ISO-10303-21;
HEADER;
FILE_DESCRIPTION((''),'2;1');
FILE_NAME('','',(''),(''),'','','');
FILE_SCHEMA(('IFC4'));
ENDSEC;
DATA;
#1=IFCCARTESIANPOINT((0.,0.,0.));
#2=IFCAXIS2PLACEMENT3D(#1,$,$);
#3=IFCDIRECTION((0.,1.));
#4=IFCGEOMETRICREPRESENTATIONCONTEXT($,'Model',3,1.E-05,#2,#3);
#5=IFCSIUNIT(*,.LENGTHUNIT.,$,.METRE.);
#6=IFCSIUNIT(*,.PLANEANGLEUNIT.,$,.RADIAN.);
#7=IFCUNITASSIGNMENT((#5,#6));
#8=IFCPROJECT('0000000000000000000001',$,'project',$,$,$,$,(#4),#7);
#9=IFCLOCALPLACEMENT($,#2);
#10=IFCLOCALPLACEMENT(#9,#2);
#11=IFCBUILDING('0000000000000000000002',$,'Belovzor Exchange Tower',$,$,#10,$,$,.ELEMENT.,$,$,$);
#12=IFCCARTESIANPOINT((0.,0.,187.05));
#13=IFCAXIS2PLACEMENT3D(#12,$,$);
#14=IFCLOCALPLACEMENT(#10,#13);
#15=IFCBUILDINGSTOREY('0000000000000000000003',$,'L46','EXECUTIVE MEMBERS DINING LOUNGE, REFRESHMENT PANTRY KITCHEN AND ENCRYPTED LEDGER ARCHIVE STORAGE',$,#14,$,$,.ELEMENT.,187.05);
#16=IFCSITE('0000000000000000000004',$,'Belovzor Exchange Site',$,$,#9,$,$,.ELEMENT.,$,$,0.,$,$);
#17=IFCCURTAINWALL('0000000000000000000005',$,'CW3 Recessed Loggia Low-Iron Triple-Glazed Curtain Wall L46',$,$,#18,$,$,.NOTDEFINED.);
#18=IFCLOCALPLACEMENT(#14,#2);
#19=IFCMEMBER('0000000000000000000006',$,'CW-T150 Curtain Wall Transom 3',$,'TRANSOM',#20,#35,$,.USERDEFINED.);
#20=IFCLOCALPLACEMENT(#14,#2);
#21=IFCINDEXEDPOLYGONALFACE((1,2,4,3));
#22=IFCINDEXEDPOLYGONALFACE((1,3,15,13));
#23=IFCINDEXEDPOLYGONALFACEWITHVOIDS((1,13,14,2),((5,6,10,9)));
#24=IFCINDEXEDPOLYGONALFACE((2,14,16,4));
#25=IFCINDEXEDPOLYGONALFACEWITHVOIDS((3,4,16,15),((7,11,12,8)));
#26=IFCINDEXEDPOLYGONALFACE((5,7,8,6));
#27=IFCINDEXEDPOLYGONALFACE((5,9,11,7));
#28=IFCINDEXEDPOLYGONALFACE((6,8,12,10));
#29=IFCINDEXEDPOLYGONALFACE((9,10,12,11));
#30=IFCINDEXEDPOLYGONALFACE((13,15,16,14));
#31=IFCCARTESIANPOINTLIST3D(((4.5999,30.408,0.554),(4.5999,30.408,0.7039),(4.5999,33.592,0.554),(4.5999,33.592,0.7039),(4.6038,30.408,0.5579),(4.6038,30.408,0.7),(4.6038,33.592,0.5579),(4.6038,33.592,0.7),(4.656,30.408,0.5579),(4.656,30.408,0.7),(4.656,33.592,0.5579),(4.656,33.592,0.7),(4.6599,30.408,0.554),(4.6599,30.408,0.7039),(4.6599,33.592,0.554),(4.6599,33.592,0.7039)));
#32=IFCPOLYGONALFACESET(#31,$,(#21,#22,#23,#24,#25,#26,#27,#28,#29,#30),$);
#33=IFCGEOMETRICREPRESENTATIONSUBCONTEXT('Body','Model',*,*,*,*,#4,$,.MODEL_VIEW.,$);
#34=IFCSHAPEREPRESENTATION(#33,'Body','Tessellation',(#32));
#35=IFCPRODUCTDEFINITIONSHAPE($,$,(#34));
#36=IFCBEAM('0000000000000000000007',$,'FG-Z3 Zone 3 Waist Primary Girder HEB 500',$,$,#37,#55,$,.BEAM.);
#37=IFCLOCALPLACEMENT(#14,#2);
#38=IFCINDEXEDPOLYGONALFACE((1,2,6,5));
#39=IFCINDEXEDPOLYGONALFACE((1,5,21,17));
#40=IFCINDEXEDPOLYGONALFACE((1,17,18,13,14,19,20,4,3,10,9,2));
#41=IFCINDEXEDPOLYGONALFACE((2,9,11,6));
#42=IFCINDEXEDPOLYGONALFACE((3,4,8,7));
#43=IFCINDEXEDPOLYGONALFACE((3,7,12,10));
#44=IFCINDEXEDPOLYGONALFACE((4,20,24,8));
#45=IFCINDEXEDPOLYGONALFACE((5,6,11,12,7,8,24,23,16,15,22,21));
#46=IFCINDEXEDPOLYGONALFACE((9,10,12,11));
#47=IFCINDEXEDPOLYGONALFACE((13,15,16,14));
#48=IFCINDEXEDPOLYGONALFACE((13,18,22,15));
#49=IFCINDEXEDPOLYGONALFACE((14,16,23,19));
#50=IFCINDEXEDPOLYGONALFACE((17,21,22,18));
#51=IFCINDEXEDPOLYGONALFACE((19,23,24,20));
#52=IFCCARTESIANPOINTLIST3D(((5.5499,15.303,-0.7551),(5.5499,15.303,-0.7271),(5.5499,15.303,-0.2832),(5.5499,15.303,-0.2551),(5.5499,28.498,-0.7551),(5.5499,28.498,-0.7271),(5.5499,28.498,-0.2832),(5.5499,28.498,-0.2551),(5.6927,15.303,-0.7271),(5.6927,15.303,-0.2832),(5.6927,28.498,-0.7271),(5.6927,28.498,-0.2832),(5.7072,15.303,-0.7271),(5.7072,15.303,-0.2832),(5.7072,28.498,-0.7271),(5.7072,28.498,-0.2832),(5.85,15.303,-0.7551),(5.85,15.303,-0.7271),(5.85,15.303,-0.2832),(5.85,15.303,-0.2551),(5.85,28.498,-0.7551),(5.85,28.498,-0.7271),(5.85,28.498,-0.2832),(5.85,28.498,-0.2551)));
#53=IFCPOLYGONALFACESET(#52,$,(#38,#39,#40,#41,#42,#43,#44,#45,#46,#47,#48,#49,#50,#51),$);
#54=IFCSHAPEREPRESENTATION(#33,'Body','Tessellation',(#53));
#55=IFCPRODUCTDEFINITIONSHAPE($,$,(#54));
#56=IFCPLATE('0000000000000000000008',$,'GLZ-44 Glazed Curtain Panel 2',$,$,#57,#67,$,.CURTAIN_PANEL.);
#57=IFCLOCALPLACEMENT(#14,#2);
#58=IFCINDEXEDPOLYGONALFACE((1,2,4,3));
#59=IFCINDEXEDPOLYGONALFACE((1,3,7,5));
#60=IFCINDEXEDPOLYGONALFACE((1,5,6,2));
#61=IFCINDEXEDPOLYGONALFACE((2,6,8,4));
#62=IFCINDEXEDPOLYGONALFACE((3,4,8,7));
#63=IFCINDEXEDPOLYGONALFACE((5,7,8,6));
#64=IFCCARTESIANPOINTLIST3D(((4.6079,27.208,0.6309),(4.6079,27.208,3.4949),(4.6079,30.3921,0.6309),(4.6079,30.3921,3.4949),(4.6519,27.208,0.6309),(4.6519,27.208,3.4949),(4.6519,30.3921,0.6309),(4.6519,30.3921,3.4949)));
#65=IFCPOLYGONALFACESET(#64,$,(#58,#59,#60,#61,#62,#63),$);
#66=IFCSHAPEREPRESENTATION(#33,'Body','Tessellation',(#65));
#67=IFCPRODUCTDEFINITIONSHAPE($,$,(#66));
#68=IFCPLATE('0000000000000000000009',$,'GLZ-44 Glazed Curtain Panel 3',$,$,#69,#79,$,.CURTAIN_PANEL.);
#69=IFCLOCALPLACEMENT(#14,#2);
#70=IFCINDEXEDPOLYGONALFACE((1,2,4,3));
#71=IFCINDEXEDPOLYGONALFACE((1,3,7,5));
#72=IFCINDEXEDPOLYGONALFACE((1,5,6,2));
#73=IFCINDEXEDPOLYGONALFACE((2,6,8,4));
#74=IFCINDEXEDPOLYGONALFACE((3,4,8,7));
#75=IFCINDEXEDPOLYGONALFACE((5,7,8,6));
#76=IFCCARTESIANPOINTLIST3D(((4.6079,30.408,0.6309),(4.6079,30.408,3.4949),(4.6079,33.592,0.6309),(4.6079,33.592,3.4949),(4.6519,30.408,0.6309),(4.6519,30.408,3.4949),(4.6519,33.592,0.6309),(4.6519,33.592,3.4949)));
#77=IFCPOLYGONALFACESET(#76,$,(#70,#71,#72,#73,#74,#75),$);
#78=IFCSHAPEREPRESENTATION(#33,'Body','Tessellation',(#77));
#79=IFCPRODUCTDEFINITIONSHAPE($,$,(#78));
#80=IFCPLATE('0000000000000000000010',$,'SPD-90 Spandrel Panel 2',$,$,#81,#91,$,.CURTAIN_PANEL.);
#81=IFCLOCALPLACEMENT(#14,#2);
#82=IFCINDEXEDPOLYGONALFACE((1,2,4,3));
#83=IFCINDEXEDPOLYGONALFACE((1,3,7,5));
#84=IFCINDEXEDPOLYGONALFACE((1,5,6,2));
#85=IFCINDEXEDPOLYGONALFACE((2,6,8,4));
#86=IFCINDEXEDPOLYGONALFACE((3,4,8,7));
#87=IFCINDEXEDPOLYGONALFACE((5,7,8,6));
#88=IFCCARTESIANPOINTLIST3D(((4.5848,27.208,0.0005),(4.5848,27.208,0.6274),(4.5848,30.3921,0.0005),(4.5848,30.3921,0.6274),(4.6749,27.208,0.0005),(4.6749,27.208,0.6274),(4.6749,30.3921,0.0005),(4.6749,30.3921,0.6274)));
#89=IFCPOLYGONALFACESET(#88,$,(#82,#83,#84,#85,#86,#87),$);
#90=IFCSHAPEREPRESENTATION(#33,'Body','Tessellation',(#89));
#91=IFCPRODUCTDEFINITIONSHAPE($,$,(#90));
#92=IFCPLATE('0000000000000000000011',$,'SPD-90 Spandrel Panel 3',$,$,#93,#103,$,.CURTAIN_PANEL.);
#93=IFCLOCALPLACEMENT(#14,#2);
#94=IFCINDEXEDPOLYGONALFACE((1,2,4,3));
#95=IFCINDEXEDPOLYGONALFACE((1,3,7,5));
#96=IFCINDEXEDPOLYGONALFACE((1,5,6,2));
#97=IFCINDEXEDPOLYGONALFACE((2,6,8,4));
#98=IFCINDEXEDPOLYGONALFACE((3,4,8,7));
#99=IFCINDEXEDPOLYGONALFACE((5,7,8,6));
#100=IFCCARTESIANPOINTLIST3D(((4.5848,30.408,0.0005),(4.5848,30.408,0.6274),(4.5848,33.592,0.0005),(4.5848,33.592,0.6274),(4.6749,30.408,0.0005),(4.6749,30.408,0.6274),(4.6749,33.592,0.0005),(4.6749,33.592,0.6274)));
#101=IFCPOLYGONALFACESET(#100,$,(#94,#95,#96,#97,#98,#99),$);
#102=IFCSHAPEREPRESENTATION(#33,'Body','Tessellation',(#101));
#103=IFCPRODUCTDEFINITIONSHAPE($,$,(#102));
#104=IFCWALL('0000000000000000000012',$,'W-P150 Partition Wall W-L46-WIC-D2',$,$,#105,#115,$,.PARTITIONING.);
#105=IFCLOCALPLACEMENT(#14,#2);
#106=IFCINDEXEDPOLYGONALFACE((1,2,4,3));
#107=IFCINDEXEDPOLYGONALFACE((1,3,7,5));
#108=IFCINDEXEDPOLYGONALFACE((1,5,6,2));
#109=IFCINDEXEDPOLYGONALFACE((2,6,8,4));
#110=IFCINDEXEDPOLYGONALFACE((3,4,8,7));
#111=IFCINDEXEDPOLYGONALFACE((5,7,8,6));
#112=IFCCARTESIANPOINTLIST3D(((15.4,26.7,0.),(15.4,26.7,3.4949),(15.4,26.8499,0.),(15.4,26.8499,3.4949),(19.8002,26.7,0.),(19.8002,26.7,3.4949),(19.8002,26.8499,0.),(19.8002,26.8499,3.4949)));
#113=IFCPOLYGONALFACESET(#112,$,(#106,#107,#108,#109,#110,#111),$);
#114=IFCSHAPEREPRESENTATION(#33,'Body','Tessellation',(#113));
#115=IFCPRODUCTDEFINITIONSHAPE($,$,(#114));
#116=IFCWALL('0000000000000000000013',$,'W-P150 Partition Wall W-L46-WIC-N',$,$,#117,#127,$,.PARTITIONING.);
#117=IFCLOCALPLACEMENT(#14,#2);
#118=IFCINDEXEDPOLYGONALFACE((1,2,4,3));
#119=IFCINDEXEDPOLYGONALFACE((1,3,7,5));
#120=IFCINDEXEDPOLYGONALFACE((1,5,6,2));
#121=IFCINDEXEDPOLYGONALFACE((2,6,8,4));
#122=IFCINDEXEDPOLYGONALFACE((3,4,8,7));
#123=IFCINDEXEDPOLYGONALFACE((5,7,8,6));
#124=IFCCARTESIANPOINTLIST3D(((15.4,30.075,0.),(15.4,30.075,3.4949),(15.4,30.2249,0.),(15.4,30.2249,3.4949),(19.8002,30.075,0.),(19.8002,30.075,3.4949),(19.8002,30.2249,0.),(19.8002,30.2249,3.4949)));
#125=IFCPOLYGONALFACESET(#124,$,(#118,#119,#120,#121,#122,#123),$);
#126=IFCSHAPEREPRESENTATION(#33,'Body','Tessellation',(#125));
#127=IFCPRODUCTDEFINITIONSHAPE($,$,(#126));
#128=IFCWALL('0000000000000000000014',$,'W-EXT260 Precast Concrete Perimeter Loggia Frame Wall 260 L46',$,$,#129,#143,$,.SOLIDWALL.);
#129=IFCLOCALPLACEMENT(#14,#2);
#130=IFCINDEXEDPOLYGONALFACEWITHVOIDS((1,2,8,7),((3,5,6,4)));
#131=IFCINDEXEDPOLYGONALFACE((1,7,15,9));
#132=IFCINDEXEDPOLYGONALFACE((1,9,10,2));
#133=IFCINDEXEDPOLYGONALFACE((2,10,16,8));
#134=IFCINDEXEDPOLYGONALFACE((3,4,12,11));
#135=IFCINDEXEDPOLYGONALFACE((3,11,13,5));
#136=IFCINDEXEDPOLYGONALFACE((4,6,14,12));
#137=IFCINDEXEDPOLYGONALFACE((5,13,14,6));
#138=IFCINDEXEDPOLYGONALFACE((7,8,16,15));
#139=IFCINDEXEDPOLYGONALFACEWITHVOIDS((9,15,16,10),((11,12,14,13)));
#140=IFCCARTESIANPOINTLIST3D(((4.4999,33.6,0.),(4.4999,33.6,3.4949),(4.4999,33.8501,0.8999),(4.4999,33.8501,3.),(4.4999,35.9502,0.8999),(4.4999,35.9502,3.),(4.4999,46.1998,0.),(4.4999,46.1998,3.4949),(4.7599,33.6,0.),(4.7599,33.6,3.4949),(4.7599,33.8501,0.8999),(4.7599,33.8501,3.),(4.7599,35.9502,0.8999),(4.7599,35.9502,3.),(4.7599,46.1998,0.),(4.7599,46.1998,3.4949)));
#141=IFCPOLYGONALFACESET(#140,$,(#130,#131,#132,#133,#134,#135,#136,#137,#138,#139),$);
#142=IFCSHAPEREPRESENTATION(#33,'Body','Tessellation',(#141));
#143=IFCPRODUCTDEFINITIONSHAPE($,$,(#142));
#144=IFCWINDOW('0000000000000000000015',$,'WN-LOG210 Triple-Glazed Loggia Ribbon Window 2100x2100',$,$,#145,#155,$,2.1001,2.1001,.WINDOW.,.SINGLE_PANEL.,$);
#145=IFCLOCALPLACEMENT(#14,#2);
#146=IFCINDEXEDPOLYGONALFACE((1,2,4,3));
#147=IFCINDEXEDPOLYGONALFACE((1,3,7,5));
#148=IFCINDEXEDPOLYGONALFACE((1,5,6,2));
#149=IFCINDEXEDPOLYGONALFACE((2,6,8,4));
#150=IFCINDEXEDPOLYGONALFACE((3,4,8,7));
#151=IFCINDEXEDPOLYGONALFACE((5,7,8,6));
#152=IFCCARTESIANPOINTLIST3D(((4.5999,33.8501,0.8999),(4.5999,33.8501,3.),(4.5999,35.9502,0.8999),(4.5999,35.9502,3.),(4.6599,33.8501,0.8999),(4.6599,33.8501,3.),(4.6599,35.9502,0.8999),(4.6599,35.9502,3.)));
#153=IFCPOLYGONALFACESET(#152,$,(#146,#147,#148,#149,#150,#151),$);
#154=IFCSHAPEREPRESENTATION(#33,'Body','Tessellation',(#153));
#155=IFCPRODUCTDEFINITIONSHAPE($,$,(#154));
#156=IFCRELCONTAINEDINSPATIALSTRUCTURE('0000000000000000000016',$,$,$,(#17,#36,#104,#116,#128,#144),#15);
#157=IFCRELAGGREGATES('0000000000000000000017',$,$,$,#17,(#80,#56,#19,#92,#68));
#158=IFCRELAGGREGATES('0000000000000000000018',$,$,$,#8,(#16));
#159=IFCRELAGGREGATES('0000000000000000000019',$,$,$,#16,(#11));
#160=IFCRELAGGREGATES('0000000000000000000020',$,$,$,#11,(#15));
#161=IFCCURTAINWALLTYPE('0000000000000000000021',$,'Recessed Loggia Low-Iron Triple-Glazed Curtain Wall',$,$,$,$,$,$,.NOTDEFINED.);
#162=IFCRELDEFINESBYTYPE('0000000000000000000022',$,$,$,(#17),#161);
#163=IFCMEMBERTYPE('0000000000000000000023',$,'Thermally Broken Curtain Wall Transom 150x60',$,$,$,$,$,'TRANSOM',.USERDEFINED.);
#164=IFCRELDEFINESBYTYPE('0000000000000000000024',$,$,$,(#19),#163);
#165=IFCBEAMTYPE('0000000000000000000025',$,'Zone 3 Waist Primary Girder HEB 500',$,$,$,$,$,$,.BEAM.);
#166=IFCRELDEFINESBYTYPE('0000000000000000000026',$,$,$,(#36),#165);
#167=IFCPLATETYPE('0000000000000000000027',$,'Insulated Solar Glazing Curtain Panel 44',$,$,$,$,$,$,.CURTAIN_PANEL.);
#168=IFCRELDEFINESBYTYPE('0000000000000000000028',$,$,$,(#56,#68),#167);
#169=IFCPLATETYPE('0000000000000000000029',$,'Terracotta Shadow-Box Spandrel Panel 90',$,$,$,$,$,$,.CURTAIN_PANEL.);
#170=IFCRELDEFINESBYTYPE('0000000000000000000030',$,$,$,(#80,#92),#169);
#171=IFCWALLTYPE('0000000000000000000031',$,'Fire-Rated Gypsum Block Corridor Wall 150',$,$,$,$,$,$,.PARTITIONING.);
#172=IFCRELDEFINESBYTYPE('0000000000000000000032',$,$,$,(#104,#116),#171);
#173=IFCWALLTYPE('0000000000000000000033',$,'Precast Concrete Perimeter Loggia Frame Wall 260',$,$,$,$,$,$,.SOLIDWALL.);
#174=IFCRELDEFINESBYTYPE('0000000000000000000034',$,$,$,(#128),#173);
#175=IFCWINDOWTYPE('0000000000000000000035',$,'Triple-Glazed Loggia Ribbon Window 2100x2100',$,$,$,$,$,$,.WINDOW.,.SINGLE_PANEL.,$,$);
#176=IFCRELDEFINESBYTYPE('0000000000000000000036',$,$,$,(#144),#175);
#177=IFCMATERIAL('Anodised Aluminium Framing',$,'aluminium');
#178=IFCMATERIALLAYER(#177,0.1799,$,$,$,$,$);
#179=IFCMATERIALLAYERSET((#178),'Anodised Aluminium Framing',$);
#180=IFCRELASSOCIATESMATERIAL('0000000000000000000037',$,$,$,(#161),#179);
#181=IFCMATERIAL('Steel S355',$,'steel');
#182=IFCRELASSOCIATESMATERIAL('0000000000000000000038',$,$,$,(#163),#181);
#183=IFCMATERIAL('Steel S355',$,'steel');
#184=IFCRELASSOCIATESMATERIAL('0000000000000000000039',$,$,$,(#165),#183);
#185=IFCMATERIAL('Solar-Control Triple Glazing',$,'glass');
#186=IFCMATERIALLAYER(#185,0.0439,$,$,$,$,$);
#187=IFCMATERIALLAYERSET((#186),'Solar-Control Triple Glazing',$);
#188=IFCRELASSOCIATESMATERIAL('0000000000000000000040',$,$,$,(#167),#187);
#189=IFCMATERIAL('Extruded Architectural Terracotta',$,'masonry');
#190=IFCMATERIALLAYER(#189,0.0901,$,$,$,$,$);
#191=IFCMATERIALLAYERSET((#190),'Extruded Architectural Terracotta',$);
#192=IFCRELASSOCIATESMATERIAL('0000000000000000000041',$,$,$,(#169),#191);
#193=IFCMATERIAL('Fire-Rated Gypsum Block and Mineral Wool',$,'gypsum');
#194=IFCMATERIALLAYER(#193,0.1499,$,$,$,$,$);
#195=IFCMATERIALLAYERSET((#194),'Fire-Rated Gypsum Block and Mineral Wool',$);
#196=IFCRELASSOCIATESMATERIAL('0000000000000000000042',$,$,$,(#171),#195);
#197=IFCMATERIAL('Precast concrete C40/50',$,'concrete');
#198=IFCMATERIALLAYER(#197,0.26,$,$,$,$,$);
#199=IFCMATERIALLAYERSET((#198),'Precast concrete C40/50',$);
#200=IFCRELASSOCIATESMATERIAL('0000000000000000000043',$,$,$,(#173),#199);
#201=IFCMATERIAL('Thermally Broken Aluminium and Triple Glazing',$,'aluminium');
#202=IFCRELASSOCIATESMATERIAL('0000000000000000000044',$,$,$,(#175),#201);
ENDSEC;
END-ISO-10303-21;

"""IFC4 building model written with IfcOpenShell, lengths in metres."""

from ifc_helpers import new_model, si_unit, direction, frame, frame_2d, origin, origin_2d, place, context, subcontext, project, spatial, rectangle, hollow_rectangle, i_section, extrude, material, layer, layer_set, material_profile, profile_set, type_object, element, fill, aggregate, save


model = new_model("IFC4")

# Units and contexts
model_context = context("Model", 3, precision=1e-05, world=origin(), true_north=direction((0.0, 1.0)))
body_context = subcontext(model_context, "Body", "Model", "MODEL_VIEW")
ifc_project = project(units=[si_unit("LENGTHUNIT", "METRE"), si_unit("PLANEANGLEUNIT", "RADIAN")], contexts=[model_context])

# Site, building, storey
site_placement = place(None, origin())
site = spatial("IfcSite", under=ifc_project, at=site_placement, Name="Belovzor Exchange Site", CompositionType="ELEMENT", RefElevation=0.0)
building_placement = place(site_placement, origin())
building = spatial("IfcBuilding", under=site, at=building_placement, Name="Belovzor Exchange Tower", CompositionType="ELEMENT")
storey_placement = place(building_placement, frame((0.0, 0.0, 187.05)))
storey = spatial("IfcBuildingStorey", under=building, at=storey_placement, Name="L46", Description="EXECUTIVE MEMBERS DINING LOUNGE, REFRESHMENT PANTRY KITCHEN AND ENCRYPTED LEDGER ARCHIVE STORAGE", CompositionType="ELEMENT", Elevation=187.05)

# Curtain wall, member
ifc_material_1 = material(Name="Anodised Aluminium Framing", Category="aluminium")
ifc_layer_1 = layer(ifc_material_1, 0.1799)
ifc_layer_set_1 = layer_set([ifc_layer_1], Name="Anodised Aluminium Framing")
curtain_wall_type = type_object("IfcCurtainWallType", Name="Recessed Loggia Low-Iron Triple-Glazed Curtain Wall", PredefinedType="NOTDEFINED", material=ifc_layer_set_1)
curtain_wall_placement = place(storey_placement, origin())
curtain_wall = element("IfcCurtainWall", 1, at=curtain_wall_placement, inside=storey, type_object=curtain_wall_type, Name="CW3 Recessed Loggia Low-Iron Triple-Glazed Curtain Wall L46", PredefinedType="NOTDEFINED")
ifc_material_2 = material(Name="Steel S355", Category="steel")
ifc_material_profile_1 = material_profile(ifc_material_2, hollow_rectangle(XDim=0.0601, YDim=0.1499, WallThickness=0.0039, at=origin_2d()))
ifc_profile_set_1 = profile_set([ifc_material_profile_1], Name="Steel S355")
member_type_1 = type_object("IfcMemberType", Name="Thermally Broken Curtain Wall Transom 150x60", ElementType="TRANSOM", PredefinedType="USERDEFINED", material=ifc_profile_set_1)
member_1_placement = place(storey_placement, frame((4.6299, 30.408, 0.6289), z_axis=(0.0, 1.0, 0.0), x_axis=(-1.0, 0.0, 0.0)))
member_1 = element("IfcMember", 2, at=member_1_placement, type_object=member_type_1, Name="CW-T150 Curtain Wall Transom 3", ObjectType="TRANSOM", PredefinedType="USERDEFINED", context=body_context, shape_type="SweptSolid", body=[
    extrude(hollow_rectangle(XDim=0.0601, YDim=0.1499, WallThickness=0.0039, at=origin_2d()), origin(), (0.0, 0.0, 1.0), 3.1841),
])

# Beam
ifc_material_3 = material(Name="Steel S355", Category="steel")
ifc_material_profile_2 = material_profile(ifc_material_3, i_section(OverallWidth=0.3, OverallDepth=0.5, WebThickness=0.0144, FlangeThickness=0.0281, at=origin_2d()))
ifc_profile_set_2 = profile_set([ifc_material_profile_2], Name="Steel S355")
beam_type_1 = type_object("IfcBeamType", Name="Zone 3 Waist Primary Girder HEB 500", PredefinedType="BEAM", material=ifc_profile_set_2)
beam_1_placement = place(storey_placement, frame((5.7, 28.498, -0.5051), z_axis=(0.0, -1.0, 0.0), x_axis=(1.0, 0.0, 0.0)))
element("IfcBeam", 3, at=beam_1_placement, inside=storey, type_object=beam_type_1, Name="FG-Z3 Zone 3 Waist Primary Girder HEB 500", PredefinedType="BEAM", context=body_context, shape_type="SweptSolid", body=[
    extrude(i_section(OverallWidth=0.3, OverallDepth=0.5, WebThickness=0.0144, FlangeThickness=0.0281, at=origin_2d()), origin(), (0.0, 0.0, 1.0), 13.1951),
])

# Plates
ifc_material_4 = material(Name="Solar-Control Triple Glazing", Category="glass")
ifc_layer_2 = layer(ifc_material_4, 0.0439)
ifc_layer_set_2 = layer_set([ifc_layer_2], Name="Solar-Control Triple Glazing")
plate_type_1 = type_object("IfcPlateType", Name="Insulated Solar Glazing Curtain Panel 44", PredefinedType="CURTAIN_PANEL", material=ifc_layer_set_2)
plate_1_placement = place(storey_placement, frame((4.6299, 28.8, 0.6309), z_axis=(0.0, 0.0, 1.0), x_axis=(0.0, 1.0, 0.0)))
plate_1 = element("IfcPlate", 4, at=plate_1_placement, type_object=plate_type_1, Name="GLZ-44 Glazed Curtain Panel 2", PredefinedType="CURTAIN_PANEL", context=body_context, shape_type="SweptSolid", body=[
    extrude(rectangle(XDim=3.1841, YDim=0.0439, at=origin_2d()), origin(), (0.0, 0.0, 1.0), 2.864),
])
plate_2_placement = place(storey_placement, frame((4.6299, 32.0, 0.6309), z_axis=(0.0, 0.0, 1.0), x_axis=(0.0, 1.0, 0.0)))
plate_2 = element("IfcPlate", 5, at=plate_2_placement, type_object=plate_type_1, Name="GLZ-44 Glazed Curtain Panel 3", PredefinedType="CURTAIN_PANEL", context=body_context, shape_type="SweptSolid", body=[
    extrude(rectangle(XDim=3.1841, YDim=0.0439, at=origin_2d()), origin(), (0.0, 0.0, 1.0), 2.864),
])
ifc_material_5 = material(Name="Extruded Architectural Terracotta", Category="masonry")
ifc_layer_3 = layer(ifc_material_5, 0.0901)
ifc_layer_set_3 = layer_set([ifc_layer_3], Name="Extruded Architectural Terracotta")
plate_type_2 = type_object("IfcPlateType", Name="Terracotta Shadow-Box Spandrel Panel 90", PredefinedType="CURTAIN_PANEL", material=ifc_layer_set_3)
plate_3_placement = place(storey_placement, frame((4.6299, 28.8, 0.0005), z_axis=(0.0, 0.0, 1.0), x_axis=(0.0, 1.0, 0.0)))
plate_3 = element("IfcPlate", 6, at=plate_3_placement, type_object=plate_type_2, Name="SPD-90 Spandrel Panel 2", PredefinedType="CURTAIN_PANEL", context=body_context, shape_type="SweptSolid", body=[
    extrude(rectangle(XDim=3.1841, YDim=0.0901, at=origin_2d()), origin(), (0.0, 0.0, 1.0), 0.627),
])
plate_4_placement = place(storey_placement, frame((4.6299, 32.0, 0.0005), z_axis=(0.0, 0.0, 1.0), x_axis=(0.0, 1.0, 0.0)))
plate_4 = element("IfcPlate", 7, at=plate_4_placement, type_object=plate_type_2, Name="SPD-90 Spandrel Panel 3", PredefinedType="CURTAIN_PANEL", context=body_context, shape_type="SweptSolid", body=[
    extrude(rectangle(XDim=3.1841, YDim=0.0901, at=origin_2d()), origin(), (0.0, 0.0, 1.0), 0.627),
])
aggregate(curtain_wall, [plate_3, plate_1, member_1, plate_4, plate_2])

# Walls
ifc_material_6 = material(Name="Fire-Rated Gypsum Block and Mineral Wool", Category="gypsum")
ifc_layer_4 = layer(ifc_material_6, 0.1499)
ifc_layer_set_4 = layer_set([ifc_layer_4], Name="Fire-Rated Gypsum Block and Mineral Wool")
wall_type_1 = type_object("IfcWallType", Name="Fire-Rated Gypsum Block Corridor Wall 150", PredefinedType="PARTITIONING", material=ifc_layer_set_4)
for number, where, z_axis, x_axis, name in (
    (8, (15.3999, 26.7749, 0.0), (0.0, 0.0, 1.0), (1.0, 0.0, 0.0), "W-P150 Partition Wall W-L46-WIC-D2"),
    (9, (15.3999, 30.1499, 0.0), (0.0, 0.0, 1.0), (1.0, 0.0, 0.0), "W-P150 Partition Wall W-L46-WIC-N"),
):
    element("IfcWall", number, at=place(storey_placement, frame(where, z_axis=z_axis, x_axis=x_axis)), inside=storey, type_object=wall_type_1, Name=name, PredefinedType="PARTITIONING", context=body_context, shape_type="SweptSolid", body=[
        extrude(rectangle(XDim=4.4001, YDim=0.1499, at=frame_2d((2.2002, 0.0))), origin(), (0.0, 0.0, 1.0), 3.4949),
    ])

# Wall, opening, window
ifc_material_7 = material(Name="Precast concrete C40/50", Category="concrete")
ifc_layer_5 = layer(ifc_material_7, 0.26)
ifc_layer_set_5 = layer_set([ifc_layer_5], Name="Precast concrete C40/50")
wall_type_2 = type_object("IfcWallType", Name="Precast Concrete Perimeter Loggia Frame Wall 260", PredefinedType="SOLIDWALL", material=ifc_layer_set_5)
wall_placement = place(storey_placement, frame((4.6299, 33.6001, 0.0), z_axis=(0.0, 0.0, 1.0), x_axis=(0.0, 1.0, 0.0)))
wall = element("IfcWall", 10, at=wall_placement, inside=storey, type_object=wall_type_2, Name="W-EXT260 Precast Concrete Perimeter Loggia Frame Wall 260 L46", PredefinedType="SOLIDWALL", context=body_context, shape_type="SweptSolid", body=[
    extrude(rectangle(XDim=12.5999, YDim=0.26, at=frame_2d((6.2998, 0.0))), origin(), (0.0, 0.0, 1.0), 3.4949),
])
opening_placement = place(wall_placement, frame((0.25, 0.0, 0.8999)))
opening = element("IfcOpeningElement", 11, at=opening_placement, cuts=wall, PredefinedType="OPENING", context=body_context, shape_type="SweptSolid", body=[
    extrude(rectangle(XDim=2.1001, YDim=2.1001, at=frame_2d((1.05, 1.05))), frame((0.0, 0.1399, 0.0), z_axis=(0.0, -1.0, 0.0), x_axis=(1.0, 0.0, 0.0)), (0.0, 0.0, 1.0), 0.28),
])
ifc_material_8 = material(Name="Thermally Broken Aluminium and Triple Glazing", Category="aluminium")
window_type = type_object("IfcWindowType", Name="Triple-Glazed Loggia Ribbon Window 2100x2100", PartitioningType="SINGLE_PANEL", PredefinedType="WINDOW", material=ifc_material_8)
window_placement = place(opening_placement, origin())
window = element("IfcWindow", 12, at=window_placement, inside=storey, type_object=window_type, Name="WN-LOG210 Triple-Glazed Loggia Ribbon Window 2100x2100", OverallHeight=2.1001, OverallWidth=2.1001, PartitioningType="SINGLE_PANEL", PredefinedType="WINDOW", context=body_context, shape_type="SweptSolid", body=[
    extrude(rectangle(XDim=2.1001, YDim=2.1001, at=frame_2d((1.05, 1.05))), frame((0.0, 0.03, 0.0), z_axis=(0.0, -1.0, 0.0), x_axis=(1.0, 0.0, 0.0)), (0.0, 0.0, 1.0), 0.0601),
])
fill(opening, window)

save(model, "model.ifc")
